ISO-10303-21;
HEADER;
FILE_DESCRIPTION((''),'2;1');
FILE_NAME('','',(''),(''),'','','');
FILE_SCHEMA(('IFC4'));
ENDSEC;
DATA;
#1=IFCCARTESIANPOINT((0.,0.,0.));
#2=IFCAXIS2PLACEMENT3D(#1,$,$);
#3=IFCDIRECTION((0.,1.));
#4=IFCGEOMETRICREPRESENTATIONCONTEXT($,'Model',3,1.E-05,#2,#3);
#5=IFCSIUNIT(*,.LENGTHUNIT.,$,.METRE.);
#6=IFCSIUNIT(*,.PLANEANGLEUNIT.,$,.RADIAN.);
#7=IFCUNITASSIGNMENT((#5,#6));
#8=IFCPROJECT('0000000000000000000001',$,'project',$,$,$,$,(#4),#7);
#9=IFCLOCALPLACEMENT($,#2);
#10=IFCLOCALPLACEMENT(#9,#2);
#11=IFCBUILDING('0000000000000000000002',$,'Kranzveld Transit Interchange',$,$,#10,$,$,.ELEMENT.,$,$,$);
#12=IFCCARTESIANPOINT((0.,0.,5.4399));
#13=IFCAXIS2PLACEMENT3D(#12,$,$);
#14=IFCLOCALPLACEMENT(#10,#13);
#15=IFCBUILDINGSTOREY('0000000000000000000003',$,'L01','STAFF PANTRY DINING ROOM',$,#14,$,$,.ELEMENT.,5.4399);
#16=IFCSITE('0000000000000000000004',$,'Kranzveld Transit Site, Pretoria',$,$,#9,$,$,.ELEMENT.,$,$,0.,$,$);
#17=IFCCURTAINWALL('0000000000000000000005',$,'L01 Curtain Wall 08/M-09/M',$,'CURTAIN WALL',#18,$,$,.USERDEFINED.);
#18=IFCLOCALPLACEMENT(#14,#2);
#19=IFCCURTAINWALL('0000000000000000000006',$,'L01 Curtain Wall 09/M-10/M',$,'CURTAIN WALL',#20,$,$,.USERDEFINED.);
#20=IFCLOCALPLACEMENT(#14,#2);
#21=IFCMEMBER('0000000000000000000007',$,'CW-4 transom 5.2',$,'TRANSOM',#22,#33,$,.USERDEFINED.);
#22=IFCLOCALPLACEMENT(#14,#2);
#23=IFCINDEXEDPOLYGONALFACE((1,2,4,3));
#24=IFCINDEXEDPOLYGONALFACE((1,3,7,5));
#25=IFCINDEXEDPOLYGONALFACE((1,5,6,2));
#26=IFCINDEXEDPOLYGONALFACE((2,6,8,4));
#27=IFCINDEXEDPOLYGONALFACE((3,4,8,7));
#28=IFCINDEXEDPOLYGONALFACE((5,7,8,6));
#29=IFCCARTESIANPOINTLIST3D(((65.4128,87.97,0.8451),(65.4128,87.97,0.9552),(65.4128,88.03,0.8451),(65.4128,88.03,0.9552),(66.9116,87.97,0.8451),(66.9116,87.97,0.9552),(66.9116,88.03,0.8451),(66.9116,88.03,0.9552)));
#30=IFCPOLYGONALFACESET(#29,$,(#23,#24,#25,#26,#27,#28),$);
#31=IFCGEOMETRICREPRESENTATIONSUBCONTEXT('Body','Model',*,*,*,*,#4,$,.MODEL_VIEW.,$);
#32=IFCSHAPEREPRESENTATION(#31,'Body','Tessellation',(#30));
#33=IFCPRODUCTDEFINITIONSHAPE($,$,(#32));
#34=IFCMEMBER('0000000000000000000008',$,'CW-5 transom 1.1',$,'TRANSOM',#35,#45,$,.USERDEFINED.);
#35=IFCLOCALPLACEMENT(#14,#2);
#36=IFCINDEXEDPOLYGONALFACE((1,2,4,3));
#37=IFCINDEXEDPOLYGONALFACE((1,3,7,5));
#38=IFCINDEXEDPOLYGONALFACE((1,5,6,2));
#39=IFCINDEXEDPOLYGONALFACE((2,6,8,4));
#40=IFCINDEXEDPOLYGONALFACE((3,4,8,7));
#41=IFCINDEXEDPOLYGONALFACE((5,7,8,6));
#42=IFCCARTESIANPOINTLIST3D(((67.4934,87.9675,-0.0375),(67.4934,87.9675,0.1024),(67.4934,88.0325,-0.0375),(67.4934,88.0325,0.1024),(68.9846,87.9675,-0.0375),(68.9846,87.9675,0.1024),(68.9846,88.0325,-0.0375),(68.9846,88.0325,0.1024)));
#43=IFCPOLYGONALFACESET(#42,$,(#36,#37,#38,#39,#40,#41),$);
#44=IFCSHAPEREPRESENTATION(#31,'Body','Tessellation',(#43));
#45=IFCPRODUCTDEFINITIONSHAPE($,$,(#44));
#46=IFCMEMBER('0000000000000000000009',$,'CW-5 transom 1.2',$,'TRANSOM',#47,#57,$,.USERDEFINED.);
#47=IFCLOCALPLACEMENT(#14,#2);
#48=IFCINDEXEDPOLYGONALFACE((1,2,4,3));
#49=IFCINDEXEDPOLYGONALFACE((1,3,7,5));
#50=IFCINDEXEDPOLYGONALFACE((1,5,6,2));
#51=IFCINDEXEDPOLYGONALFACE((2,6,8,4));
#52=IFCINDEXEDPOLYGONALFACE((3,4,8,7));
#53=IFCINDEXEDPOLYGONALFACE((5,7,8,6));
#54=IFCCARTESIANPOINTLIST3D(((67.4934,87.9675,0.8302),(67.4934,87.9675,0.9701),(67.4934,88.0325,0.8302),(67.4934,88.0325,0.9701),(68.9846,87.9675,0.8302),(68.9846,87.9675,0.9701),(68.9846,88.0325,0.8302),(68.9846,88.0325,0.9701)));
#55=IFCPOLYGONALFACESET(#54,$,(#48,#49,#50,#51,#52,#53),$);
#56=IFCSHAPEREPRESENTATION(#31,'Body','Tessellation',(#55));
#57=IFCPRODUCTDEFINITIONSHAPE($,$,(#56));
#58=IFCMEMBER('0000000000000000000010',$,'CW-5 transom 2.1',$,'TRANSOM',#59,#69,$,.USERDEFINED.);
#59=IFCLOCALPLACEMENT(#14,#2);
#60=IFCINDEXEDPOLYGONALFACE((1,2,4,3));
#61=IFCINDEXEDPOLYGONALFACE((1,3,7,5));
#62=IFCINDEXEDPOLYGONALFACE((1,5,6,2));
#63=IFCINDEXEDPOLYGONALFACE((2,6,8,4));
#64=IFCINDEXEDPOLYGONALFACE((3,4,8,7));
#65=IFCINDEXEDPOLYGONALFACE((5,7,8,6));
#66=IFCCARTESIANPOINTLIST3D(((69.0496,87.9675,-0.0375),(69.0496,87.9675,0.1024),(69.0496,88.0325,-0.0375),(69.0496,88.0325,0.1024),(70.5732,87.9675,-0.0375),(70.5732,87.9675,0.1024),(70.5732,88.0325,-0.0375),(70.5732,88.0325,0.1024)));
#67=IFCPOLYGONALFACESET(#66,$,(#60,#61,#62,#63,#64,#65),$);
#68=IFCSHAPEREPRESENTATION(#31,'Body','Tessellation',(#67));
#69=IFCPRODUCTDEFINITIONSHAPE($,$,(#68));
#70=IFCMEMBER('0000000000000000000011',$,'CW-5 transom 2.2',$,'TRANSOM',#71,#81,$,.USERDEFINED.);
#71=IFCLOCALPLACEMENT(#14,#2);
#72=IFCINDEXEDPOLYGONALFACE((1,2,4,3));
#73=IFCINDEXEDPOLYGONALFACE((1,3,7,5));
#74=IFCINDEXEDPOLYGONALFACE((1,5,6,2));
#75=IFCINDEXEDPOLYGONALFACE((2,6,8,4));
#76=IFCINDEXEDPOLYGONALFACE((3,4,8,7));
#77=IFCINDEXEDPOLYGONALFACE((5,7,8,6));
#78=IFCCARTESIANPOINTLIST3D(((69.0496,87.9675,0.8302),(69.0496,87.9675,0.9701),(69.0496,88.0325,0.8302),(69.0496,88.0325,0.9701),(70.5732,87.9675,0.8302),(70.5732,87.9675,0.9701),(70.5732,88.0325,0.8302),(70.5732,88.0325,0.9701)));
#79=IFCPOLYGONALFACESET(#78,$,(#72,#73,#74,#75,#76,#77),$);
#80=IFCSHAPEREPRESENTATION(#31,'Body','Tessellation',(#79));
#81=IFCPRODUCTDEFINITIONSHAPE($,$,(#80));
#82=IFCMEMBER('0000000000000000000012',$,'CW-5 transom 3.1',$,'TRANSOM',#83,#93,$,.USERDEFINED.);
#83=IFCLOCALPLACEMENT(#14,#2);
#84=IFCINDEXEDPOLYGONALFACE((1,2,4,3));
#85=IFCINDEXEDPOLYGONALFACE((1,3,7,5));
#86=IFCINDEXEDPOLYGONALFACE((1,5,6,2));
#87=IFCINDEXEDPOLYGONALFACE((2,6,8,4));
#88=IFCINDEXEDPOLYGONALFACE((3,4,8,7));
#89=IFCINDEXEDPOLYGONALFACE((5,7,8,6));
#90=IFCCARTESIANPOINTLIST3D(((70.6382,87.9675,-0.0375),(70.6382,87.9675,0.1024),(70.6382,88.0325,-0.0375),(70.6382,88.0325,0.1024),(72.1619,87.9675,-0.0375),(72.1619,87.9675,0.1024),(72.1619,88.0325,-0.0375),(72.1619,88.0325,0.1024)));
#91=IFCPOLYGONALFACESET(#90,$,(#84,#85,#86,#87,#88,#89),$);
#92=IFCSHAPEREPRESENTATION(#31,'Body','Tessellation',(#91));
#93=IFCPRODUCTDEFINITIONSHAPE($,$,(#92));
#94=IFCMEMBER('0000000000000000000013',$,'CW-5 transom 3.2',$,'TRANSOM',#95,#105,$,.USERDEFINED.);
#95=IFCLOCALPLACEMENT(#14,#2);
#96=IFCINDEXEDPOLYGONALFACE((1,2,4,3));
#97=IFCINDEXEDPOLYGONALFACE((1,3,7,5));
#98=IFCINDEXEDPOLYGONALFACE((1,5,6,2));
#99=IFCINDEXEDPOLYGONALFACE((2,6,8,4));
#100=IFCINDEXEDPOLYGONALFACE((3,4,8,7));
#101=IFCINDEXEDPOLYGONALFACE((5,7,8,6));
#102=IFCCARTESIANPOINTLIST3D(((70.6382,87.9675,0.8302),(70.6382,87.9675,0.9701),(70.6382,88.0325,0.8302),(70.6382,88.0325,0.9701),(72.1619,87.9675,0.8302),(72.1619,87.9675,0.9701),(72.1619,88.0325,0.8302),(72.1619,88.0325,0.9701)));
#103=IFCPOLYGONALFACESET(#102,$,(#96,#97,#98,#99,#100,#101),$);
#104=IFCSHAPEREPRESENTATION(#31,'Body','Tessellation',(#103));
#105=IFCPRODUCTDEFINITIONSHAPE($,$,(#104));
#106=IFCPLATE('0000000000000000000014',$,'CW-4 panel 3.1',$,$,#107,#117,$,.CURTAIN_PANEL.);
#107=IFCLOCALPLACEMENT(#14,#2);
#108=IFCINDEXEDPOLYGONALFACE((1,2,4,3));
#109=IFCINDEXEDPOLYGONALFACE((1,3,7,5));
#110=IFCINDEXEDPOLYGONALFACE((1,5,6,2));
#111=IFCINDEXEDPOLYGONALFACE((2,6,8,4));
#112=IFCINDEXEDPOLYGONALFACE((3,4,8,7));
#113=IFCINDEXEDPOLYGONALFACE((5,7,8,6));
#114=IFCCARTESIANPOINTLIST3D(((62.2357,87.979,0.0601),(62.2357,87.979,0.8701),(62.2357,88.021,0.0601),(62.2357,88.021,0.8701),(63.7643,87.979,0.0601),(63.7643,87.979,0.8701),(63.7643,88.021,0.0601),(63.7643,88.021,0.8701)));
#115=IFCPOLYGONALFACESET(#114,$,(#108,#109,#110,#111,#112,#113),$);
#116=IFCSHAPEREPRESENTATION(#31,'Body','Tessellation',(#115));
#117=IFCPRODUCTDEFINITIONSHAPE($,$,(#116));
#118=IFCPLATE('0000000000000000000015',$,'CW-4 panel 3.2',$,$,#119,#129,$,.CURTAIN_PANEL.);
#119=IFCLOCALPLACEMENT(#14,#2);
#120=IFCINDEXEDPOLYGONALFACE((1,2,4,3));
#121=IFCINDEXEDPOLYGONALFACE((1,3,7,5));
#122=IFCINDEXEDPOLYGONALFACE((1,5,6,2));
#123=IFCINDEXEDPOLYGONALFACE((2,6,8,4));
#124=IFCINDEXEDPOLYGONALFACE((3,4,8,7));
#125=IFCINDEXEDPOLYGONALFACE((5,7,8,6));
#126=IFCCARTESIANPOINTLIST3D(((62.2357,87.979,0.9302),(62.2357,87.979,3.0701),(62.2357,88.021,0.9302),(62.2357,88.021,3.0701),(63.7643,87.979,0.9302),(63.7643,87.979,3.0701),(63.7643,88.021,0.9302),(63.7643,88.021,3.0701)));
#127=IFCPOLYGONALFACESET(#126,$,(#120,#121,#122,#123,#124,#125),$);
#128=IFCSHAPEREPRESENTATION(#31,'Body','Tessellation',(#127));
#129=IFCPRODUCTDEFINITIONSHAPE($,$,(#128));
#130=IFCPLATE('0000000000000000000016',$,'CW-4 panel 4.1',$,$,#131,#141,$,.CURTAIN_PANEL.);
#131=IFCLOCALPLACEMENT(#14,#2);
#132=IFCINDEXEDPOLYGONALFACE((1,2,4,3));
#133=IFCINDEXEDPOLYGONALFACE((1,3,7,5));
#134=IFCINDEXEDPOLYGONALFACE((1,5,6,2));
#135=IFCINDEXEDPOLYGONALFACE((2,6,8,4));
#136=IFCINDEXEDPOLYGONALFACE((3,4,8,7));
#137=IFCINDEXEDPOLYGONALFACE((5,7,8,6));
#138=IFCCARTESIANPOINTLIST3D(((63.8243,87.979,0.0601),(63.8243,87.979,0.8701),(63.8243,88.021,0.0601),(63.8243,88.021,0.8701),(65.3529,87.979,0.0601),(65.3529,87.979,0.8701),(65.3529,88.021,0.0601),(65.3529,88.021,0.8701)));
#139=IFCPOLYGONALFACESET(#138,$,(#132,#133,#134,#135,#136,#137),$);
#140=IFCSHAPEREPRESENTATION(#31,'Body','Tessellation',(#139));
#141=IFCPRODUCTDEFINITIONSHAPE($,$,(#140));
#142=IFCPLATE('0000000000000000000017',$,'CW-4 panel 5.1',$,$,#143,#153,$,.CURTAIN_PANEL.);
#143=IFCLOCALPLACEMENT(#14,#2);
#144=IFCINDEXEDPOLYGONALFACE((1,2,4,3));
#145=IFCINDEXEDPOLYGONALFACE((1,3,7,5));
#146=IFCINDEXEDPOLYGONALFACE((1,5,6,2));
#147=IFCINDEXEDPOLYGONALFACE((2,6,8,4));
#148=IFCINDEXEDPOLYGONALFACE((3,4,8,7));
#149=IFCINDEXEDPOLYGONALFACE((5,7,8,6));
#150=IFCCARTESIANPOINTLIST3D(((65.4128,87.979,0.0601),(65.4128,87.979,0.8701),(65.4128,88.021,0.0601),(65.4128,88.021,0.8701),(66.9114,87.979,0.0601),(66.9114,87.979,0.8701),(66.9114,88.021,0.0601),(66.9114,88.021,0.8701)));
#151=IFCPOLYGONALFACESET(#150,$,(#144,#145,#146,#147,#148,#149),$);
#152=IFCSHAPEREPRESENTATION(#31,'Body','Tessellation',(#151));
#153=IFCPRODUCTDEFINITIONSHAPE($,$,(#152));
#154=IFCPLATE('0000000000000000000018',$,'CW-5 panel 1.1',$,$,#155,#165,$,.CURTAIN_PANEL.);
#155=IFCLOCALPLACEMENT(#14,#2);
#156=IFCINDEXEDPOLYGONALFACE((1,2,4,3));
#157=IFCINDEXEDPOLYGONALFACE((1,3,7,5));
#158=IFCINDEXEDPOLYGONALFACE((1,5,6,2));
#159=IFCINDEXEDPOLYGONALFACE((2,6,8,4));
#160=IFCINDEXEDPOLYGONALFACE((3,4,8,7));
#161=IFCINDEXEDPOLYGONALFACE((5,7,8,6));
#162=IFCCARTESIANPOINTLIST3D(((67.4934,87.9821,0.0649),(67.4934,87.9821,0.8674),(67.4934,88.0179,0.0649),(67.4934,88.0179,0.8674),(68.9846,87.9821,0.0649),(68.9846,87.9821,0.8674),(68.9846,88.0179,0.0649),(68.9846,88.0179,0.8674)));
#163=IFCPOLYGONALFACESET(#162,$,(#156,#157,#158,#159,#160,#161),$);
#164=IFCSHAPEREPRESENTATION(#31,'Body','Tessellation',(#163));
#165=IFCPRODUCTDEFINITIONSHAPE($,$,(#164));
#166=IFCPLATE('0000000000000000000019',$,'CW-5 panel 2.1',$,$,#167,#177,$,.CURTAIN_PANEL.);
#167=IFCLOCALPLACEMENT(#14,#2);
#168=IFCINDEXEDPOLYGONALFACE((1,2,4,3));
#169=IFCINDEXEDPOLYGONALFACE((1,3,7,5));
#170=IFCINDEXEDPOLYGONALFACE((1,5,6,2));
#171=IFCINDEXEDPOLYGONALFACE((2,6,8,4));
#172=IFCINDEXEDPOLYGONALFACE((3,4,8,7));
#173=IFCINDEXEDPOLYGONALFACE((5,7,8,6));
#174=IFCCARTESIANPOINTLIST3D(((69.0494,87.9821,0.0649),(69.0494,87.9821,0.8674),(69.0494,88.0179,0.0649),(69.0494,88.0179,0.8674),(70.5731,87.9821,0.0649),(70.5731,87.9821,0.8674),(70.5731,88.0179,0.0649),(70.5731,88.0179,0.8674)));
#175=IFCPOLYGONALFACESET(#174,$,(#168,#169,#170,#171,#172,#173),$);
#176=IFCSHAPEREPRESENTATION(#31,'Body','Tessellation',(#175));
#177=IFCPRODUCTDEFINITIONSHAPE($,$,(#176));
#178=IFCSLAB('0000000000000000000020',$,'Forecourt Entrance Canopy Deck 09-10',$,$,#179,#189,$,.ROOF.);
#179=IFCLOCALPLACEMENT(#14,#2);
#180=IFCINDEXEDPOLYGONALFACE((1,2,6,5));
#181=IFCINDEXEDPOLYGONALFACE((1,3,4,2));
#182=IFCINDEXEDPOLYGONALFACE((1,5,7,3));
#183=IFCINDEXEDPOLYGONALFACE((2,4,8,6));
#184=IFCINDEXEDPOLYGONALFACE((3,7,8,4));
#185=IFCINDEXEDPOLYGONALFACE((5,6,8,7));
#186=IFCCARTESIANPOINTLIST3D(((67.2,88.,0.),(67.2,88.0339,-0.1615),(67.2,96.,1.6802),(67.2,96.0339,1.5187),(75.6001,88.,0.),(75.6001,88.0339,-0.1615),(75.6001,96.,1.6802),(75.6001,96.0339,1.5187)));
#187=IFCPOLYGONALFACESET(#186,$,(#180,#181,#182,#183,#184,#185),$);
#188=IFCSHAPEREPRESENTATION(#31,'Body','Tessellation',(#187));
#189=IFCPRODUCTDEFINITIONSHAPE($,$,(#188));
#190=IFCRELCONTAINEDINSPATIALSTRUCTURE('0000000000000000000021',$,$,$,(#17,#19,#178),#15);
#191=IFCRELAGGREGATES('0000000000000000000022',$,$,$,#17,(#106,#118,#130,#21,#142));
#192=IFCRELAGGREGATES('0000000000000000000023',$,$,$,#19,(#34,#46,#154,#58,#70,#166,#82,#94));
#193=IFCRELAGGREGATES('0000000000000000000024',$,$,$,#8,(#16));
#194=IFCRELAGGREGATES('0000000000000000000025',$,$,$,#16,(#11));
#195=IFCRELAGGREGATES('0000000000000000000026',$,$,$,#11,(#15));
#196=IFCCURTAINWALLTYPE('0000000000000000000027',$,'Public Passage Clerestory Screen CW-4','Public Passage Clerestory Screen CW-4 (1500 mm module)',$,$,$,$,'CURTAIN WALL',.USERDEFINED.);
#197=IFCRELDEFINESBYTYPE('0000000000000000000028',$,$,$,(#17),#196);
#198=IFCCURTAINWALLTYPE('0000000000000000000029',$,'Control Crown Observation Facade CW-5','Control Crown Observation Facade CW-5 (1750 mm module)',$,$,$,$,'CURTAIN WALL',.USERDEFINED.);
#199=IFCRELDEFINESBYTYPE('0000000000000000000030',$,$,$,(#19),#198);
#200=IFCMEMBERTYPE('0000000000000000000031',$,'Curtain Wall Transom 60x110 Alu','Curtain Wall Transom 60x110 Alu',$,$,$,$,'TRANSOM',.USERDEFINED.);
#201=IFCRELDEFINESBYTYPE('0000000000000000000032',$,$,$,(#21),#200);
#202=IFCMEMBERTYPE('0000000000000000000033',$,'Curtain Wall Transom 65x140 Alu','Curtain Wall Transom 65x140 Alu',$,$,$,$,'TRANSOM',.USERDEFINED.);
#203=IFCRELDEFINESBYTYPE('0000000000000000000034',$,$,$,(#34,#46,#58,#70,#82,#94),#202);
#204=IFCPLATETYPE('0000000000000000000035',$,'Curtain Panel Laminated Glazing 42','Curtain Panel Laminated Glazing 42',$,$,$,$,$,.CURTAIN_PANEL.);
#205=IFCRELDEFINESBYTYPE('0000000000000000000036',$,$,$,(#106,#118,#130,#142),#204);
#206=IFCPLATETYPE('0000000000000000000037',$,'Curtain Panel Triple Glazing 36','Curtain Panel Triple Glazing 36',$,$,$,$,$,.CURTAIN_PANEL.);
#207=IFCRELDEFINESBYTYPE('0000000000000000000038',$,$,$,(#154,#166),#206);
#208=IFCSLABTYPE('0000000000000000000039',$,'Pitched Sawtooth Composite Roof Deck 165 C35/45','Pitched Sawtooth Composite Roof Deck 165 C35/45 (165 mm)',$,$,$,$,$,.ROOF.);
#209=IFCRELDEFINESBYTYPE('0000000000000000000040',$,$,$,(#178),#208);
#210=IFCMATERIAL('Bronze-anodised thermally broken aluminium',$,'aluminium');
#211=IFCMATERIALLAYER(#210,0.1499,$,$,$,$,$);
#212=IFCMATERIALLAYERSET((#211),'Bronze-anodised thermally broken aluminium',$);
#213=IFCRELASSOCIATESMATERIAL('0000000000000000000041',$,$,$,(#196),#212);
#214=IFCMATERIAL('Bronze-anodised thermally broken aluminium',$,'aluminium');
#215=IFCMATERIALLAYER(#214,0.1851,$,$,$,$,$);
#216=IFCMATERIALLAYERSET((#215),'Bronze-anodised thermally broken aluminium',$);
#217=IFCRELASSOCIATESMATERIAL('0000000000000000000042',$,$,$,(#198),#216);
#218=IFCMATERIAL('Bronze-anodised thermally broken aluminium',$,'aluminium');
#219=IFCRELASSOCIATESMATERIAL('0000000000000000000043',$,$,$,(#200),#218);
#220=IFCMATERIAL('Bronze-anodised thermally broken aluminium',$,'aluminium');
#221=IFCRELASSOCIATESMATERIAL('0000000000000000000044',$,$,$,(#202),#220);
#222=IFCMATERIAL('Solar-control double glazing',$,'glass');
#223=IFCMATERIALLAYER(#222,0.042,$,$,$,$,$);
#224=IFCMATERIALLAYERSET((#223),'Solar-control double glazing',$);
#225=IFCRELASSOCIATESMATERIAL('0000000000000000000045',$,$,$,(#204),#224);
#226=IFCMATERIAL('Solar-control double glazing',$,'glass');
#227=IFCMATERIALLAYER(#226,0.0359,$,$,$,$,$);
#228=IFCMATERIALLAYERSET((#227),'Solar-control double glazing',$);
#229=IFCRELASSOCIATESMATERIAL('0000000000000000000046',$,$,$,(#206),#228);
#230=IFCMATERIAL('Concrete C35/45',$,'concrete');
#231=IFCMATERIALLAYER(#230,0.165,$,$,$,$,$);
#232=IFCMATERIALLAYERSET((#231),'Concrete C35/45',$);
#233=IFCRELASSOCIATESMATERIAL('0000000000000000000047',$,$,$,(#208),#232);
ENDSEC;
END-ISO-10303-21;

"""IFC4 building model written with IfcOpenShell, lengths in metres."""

from ifc_helpers import new_model, si_unit, direction, frame, origin, origin_2d, place, context, subcontext, project, spatial, polyline, rectangle, outline, extrude, material, layer, layer_set, material_profile, profile_set, type_object, element, aggregate, save


model = new_model("IFC4")

# Units and contexts
model_context = context("Model", 3, precision=1e-05, world=origin(), true_north=direction((0.0, 1.0)))
body_context = subcontext(model_context, "Body", "Model", "MODEL_VIEW")
ifc_project = project(units=[si_unit("LENGTHUNIT", "METRE"), si_unit("PLANEANGLEUNIT", "RADIAN")], contexts=[model_context])

# Site, building, storey
site_placement = place(None, origin())
site = spatial("IfcSite", under=ifc_project, at=site_placement, Name="Kranzveld Transit Site, Pretoria", CompositionType="ELEMENT", RefElevation=0.0)
building_placement = place(site_placement, origin())
building = spatial("IfcBuilding", under=site, at=building_placement, Name="Kranzveld Transit Interchange", CompositionType="ELEMENT")
storey_placement = place(building_placement, frame((0.0, 0.0, 5.4399)))
storey = spatial("IfcBuildingStorey", under=building, at=storey_placement, Name="L01", Description="STAFF PANTRY DINING ROOM", CompositionType="ELEMENT", Elevation=5.4399)

# Curtain walls
ifc_material_1 = material(Name="Bronze-anodised thermally broken aluminium", Category="aluminium")
ifc_layer_1 = layer(ifc_material_1, 0.1499)
ifc_layer_set_1 = layer_set([ifc_layer_1], Name="Bronze-anodised thermally broken aluminium")
curtain_wall_type_1 = type_object("IfcCurtainWallType", Name="Public Passage Clerestory Screen CW-4", Description="Public Passage Clerestory Screen CW-4 (1500 mm module)", ElementType="CURTAIN WALL", PredefinedType="USERDEFINED", material=ifc_layer_set_1)
curtain_wall_1_placement = place(storey_placement, origin())
curtain_wall_1 = element("IfcCurtainWall", 1, at=curtain_wall_1_placement, inside=storey, type_object=curtain_wall_type_1, Name="L01 Curtain Wall 08/M-09/M", ObjectType="CURTAIN WALL", PredefinedType="USERDEFINED")
ifc_material_2 = material(Name="Bronze-anodised thermally broken aluminium", Category="aluminium")
ifc_layer_2 = layer(ifc_material_2, 0.1851)
ifc_layer_set_2 = layer_set([ifc_layer_2], Name="Bronze-anodised thermally broken aluminium")
curtain_wall_type_2 = type_object("IfcCurtainWallType", Name="Control Crown Observation Facade CW-5", Description="Control Crown Observation Facade CW-5 (1750 mm module)", ElementType="CURTAIN WALL", PredefinedType="USERDEFINED", material=ifc_layer_set_2)
curtain_wall_2_placement = place(storey_placement, origin())
curtain_wall_2 = element("IfcCurtainWall", 2, at=curtain_wall_2_placement, inside=storey, type_object=curtain_wall_type_2, Name="L01 Curtain Wall 09/M-10/M", ObjectType="CURTAIN WALL", PredefinedType="USERDEFINED")

# Members
ifc_material_3 = material(Name="Bronze-anodised thermally broken aluminium", Category="aluminium")
ifc_material_profile_1 = material_profile(ifc_material_3, rectangle(XDim=0.0601, YDim=0.1101, at=origin_2d()), Name="ALU TRANSOM 60x110")
ifc_profile_set_1 = profile_set([ifc_material_profile_1], Name="Bronze-anodised thermally broken aluminium")
member_type_1 = type_object("IfcMemberType", Name="Curtain Wall Transom 60x110 Alu", Description="Curtain Wall Transom 60x110 Alu", ElementType="TRANSOM", PredefinedType="USERDEFINED", material=ifc_profile_set_1)
member_1_placement = place(storey_placement, frame((65.4128, 88.0, 0.9001), z_axis=(1.0, 0.0, 0.0), x_axis=(0.0, 1.0, 0.0)))
member_1 = element("IfcMember", 3, at=member_1_placement, type_object=member_type_1, Name="CW-4 transom 5.2", ObjectType="TRANSOM", PredefinedType="USERDEFINED", context=body_context, shape_type="SweptSolid", body=[
    extrude(rectangle(XDim=0.0601, YDim=0.1101, at=origin_2d()), origin(), (0.0, 0.0, 1.0), 1.4988),
])
ifc_material_4 = material(Name="Bronze-anodised thermally broken aluminium", Category="aluminium")
ifc_material_profile_2 = material_profile(ifc_material_4, rectangle(XDim=0.0649, YDim=0.1399, at=origin_2d()), Name="ALU TRANSOM 65x140")
ifc_profile_set_2 = profile_set([ifc_material_profile_2], Name="Bronze-anodised thermally broken aluminium")
member_type_2 = type_object("IfcMemberType", Name="Curtain Wall Transom 65x140 Alu", Description="Curtain Wall Transom 65x140 Alu", ElementType="TRANSOM", PredefinedType="USERDEFINED", material=ifc_profile_set_2)
member_2_placement = place(storey_placement, frame((67.4934, 88.0, 0.0325), z_axis=(1.0, 0.0, 0.0), x_axis=(0.0, 1.0, 0.0)))
member_2 = element("IfcMember", 4, at=member_2_placement, type_object=member_type_2, Name="CW-5 transom 1.1", ObjectType="TRANSOM", PredefinedType="USERDEFINED", context=body_context, shape_type="SweptSolid", body=[
    extrude(rectangle(XDim=0.0649, YDim=0.1399, at=origin_2d()), origin(), (0.0, 0.0, 1.0), 1.4912),
])
member_3_placement = place(storey_placement, frame((67.4934, 88.0, 0.9001), z_axis=(1.0, 0.0, 0.0), x_axis=(0.0, 1.0, 0.0)))
member_3 = element("IfcMember", 5, at=member_3_placement, type_object=member_type_2, Name="CW-5 transom 1.2", ObjectType="TRANSOM", PredefinedType="USERDEFINED", context=body_context, shape_type="SweptSolid", body=[
    extrude(rectangle(XDim=0.0649, YDim=0.1399, at=origin_2d()), origin(), (0.0, 0.0, 1.0), 1.4912),
])
member_4_placement = place(storey_placement, frame((69.0496, 88.0, 0.0325), z_axis=(1.0, 0.0, 0.0), x_axis=(0.0, 1.0, 0.0)))
member_4 = element("IfcMember", 6, at=member_4_placement, type_object=member_type_2, Name="CW-5 transom 2.1", ObjectType="TRANSOM", PredefinedType="USERDEFINED", context=body_context, shape_type="SweptSolid", body=[
    extrude(rectangle(XDim=0.0649, YDim=0.1399, at=origin_2d()), origin(), (0.0, 0.0, 1.0), 1.5237),
])
member_5_placement = place(storey_placement, frame((69.0496, 88.0, 0.9001), z_axis=(1.0, 0.0, 0.0), x_axis=(0.0, 1.0, 0.0)))
member_5 = element("IfcMember", 7, at=member_5_placement, type_object=member_type_2, Name="CW-5 transom 2.2", ObjectType="TRANSOM", PredefinedType="USERDEFINED", context=body_context, shape_type="SweptSolid", body=[
    extrude(rectangle(XDim=0.0649, YDim=0.1399, at=origin_2d()), origin(), (0.0, 0.0, 1.0), 1.5237),
])
member_6_placement = place(storey_placement, frame((70.6382, 88.0, 0.0325), z_axis=(1.0, 0.0, 0.0), x_axis=(0.0, 1.0, 0.0)))
member_6 = element("IfcMember", 8, at=member_6_placement, type_object=member_type_2, Name="CW-5 transom 3.1", ObjectType="TRANSOM", PredefinedType="USERDEFINED", context=body_context, shape_type="SweptSolid", body=[
    extrude(rectangle(XDim=0.0649, YDim=0.1399, at=origin_2d()), origin(), (0.0, 0.0, 1.0), 1.5237),
])
member_7_placement = place(storey_placement, frame((70.6382, 88.0, 0.9001), z_axis=(1.0, 0.0, 0.0), x_axis=(0.0, 1.0, 0.0)))
member_7 = element("IfcMember", 9, at=member_7_placement, type_object=member_type_2, Name="CW-5 transom 3.2", ObjectType="TRANSOM", PredefinedType="USERDEFINED", context=body_context, shape_type="SweptSolid", body=[
    extrude(rectangle(XDim=0.0649, YDim=0.1399, at=origin_2d()), origin(), (0.0, 0.0, 1.0), 1.5237),
])

# Plates
ifc_material_5 = material(Name="Solar-control double glazing", Category="glass")
ifc_layer_3 = layer(ifc_material_5, 0.042)
ifc_layer_set_3 = layer_set([ifc_layer_3], Name="Solar-control double glazing")
plate_type_1 = type_object("IfcPlateType", Name="Curtain Panel Laminated Glazing 42", Description="Curtain Panel Laminated Glazing 42", PredefinedType="CURTAIN_PANEL", material=ifc_layer_set_3)
plate_1_placement = place(storey_placement, frame((63.0, 88.0, 0.0601), z_axis=(0.0, 0.0, 1.0), x_axis=(1.0, 0.0, 0.0)))
plate_1 = element("IfcPlate", 10, at=plate_1_placement, type_object=plate_type_1, Name="CW-4 panel 3.1", PredefinedType="CURTAIN_PANEL", context=body_context, shape_type="SweptSolid", body=[
    extrude(rectangle(XDim=1.5286, YDim=0.042, at=origin_2d()), origin(), (0.0, 0.0, 1.0), 0.8101),
])
plate_2_placement = place(storey_placement, frame((63.0, 88.0, 0.9302), z_axis=(0.0, 0.0, 1.0), x_axis=(1.0, 0.0, 0.0)))
plate_2 = element("IfcPlate", 11, at=plate_2_placement, type_object=plate_type_1, Name="CW-4 panel 3.2", PredefinedType="CURTAIN_PANEL", context=body_context, shape_type="SweptSolid", body=[
    extrude(rectangle(XDim=1.5286, YDim=0.042, at=origin_2d()), origin(), (0.0, 0.0, 1.0), 2.1399),
])
plate_3_placement = place(storey_placement, frame((64.5886, 88.0, 0.0601), z_axis=(0.0, 0.0, 1.0), x_axis=(1.0, 0.0, 0.0)))
plate_3 = element("IfcPlate", 12, at=plate_3_placement, type_object=plate_type_1, Name="CW-4 panel 4.1", PredefinedType="CURTAIN_PANEL", context=body_context, shape_type="SweptSolid", body=[
    extrude(rectangle(XDim=1.5286, YDim=0.042, at=origin_2d()), origin(), (0.0, 0.0, 1.0), 0.8101),
])
plate_4_placement = place(storey_placement, frame((66.1621, 88.0, 0.0601), z_axis=(0.0, 0.0, 1.0), x_axis=(1.0, 0.0, 0.0)))
plate_4 = element("IfcPlate", 13, at=plate_4_placement, type_object=plate_type_1, Name="CW-4 panel 5.1", PredefinedType="CURTAIN_PANEL", context=body_context, shape_type="SweptSolid", body=[
    extrude(rectangle(XDim=1.4985, YDim=0.042, at=origin_2d()), origin(), (0.0, 0.0, 1.0), 0.8101),
])
aggregate(curtain_wall_1, [plate_1, plate_2, plate_3, member_1, plate_4])
ifc_material_6 = material(Name="Solar-control double glazing", Category="glass")
ifc_layer_4 = layer(ifc_material_6, 0.0359)
ifc_layer_set_4 = layer_set([ifc_layer_4], Name="Solar-control double glazing")
plate_type_2 = type_object("IfcPlateType", Name="Curtain Panel Triple Glazing 36", Description="Curtain Panel Triple Glazing 36", PredefinedType="CURTAIN_PANEL", material=ifc_layer_set_4)
plate_5_placement = place(storey_placement, frame((68.239, 88.0, 0.0649), z_axis=(0.0, 0.0, 1.0), x_axis=(1.0, 0.0, 0.0)))
plate_5 = element("IfcPlate", 14, at=plate_5_placement, type_object=plate_type_2, Name="CW-5 panel 1.1", PredefinedType="CURTAIN_PANEL", context=body_context, shape_type="SweptSolid", body=[
    extrude(rectangle(XDim=1.4912, YDim=0.0359, at=origin_2d()), origin(), (0.0, 0.0, 1.0), 0.8025),
])
plate_6_placement = place(storey_placement, frame((69.8113, 88.0, 0.0649), z_axis=(0.0, 0.0, 1.0), x_axis=(1.0, 0.0, 0.0)))
plate_6 = element("IfcPlate", 15, at=plate_6_placement, type_object=plate_type_2, Name="CW-5 panel 2.1", PredefinedType="CURTAIN_PANEL", context=body_context, shape_type="SweptSolid", body=[
    extrude(rectangle(XDim=1.5237, YDim=0.0359, at=origin_2d()), origin(), (0.0, 0.0, 1.0), 0.8025),
])
aggregate(curtain_wall_2, [member_2, member_3, plate_5, member_4, member_5, plate_6, member_6, member_7])

# Slab
ifc_material_7 = material(Name="Concrete C35/45", Category="concrete")
ifc_layer_5 = layer(ifc_material_7, 0.165)
ifc_layer_set_5 = layer_set([ifc_layer_5], Name="Concrete C35/45")
slab_type = type_object("IfcSlabType", Name="Pitched Sawtooth Composite Roof Deck 165 C35/45", Description="Pitched Sawtooth Composite Roof Deck 165 C35/45 (165 mm)", PredefinedType="ROOF", material=ifc_layer_set_5)
slab_placement = place(storey_placement, frame((67.2, 88.0, 0.0), z_axis=(0.0, -0.205538, 0.978649), x_axis=(1.0, 0.0, 0.0)))
element("IfcSlab", 16, at=slab_placement, inside=storey, type_object=slab_type, Name="Forecourt Entrance Canopy Deck 09-10", PredefinedType="ROOF", context=body_context, shape_type="SweptSolid", body=[
    extrude(outline(polyline([(0.0, 0.0), (8.4001, 0.0), (8.4001, 8.1745), (0.0, 8.1745), (0.0, 0.0)])), origin(), (0.0, 0.0, -1.0), 0.165),
])

save(model, "model.ifc")
